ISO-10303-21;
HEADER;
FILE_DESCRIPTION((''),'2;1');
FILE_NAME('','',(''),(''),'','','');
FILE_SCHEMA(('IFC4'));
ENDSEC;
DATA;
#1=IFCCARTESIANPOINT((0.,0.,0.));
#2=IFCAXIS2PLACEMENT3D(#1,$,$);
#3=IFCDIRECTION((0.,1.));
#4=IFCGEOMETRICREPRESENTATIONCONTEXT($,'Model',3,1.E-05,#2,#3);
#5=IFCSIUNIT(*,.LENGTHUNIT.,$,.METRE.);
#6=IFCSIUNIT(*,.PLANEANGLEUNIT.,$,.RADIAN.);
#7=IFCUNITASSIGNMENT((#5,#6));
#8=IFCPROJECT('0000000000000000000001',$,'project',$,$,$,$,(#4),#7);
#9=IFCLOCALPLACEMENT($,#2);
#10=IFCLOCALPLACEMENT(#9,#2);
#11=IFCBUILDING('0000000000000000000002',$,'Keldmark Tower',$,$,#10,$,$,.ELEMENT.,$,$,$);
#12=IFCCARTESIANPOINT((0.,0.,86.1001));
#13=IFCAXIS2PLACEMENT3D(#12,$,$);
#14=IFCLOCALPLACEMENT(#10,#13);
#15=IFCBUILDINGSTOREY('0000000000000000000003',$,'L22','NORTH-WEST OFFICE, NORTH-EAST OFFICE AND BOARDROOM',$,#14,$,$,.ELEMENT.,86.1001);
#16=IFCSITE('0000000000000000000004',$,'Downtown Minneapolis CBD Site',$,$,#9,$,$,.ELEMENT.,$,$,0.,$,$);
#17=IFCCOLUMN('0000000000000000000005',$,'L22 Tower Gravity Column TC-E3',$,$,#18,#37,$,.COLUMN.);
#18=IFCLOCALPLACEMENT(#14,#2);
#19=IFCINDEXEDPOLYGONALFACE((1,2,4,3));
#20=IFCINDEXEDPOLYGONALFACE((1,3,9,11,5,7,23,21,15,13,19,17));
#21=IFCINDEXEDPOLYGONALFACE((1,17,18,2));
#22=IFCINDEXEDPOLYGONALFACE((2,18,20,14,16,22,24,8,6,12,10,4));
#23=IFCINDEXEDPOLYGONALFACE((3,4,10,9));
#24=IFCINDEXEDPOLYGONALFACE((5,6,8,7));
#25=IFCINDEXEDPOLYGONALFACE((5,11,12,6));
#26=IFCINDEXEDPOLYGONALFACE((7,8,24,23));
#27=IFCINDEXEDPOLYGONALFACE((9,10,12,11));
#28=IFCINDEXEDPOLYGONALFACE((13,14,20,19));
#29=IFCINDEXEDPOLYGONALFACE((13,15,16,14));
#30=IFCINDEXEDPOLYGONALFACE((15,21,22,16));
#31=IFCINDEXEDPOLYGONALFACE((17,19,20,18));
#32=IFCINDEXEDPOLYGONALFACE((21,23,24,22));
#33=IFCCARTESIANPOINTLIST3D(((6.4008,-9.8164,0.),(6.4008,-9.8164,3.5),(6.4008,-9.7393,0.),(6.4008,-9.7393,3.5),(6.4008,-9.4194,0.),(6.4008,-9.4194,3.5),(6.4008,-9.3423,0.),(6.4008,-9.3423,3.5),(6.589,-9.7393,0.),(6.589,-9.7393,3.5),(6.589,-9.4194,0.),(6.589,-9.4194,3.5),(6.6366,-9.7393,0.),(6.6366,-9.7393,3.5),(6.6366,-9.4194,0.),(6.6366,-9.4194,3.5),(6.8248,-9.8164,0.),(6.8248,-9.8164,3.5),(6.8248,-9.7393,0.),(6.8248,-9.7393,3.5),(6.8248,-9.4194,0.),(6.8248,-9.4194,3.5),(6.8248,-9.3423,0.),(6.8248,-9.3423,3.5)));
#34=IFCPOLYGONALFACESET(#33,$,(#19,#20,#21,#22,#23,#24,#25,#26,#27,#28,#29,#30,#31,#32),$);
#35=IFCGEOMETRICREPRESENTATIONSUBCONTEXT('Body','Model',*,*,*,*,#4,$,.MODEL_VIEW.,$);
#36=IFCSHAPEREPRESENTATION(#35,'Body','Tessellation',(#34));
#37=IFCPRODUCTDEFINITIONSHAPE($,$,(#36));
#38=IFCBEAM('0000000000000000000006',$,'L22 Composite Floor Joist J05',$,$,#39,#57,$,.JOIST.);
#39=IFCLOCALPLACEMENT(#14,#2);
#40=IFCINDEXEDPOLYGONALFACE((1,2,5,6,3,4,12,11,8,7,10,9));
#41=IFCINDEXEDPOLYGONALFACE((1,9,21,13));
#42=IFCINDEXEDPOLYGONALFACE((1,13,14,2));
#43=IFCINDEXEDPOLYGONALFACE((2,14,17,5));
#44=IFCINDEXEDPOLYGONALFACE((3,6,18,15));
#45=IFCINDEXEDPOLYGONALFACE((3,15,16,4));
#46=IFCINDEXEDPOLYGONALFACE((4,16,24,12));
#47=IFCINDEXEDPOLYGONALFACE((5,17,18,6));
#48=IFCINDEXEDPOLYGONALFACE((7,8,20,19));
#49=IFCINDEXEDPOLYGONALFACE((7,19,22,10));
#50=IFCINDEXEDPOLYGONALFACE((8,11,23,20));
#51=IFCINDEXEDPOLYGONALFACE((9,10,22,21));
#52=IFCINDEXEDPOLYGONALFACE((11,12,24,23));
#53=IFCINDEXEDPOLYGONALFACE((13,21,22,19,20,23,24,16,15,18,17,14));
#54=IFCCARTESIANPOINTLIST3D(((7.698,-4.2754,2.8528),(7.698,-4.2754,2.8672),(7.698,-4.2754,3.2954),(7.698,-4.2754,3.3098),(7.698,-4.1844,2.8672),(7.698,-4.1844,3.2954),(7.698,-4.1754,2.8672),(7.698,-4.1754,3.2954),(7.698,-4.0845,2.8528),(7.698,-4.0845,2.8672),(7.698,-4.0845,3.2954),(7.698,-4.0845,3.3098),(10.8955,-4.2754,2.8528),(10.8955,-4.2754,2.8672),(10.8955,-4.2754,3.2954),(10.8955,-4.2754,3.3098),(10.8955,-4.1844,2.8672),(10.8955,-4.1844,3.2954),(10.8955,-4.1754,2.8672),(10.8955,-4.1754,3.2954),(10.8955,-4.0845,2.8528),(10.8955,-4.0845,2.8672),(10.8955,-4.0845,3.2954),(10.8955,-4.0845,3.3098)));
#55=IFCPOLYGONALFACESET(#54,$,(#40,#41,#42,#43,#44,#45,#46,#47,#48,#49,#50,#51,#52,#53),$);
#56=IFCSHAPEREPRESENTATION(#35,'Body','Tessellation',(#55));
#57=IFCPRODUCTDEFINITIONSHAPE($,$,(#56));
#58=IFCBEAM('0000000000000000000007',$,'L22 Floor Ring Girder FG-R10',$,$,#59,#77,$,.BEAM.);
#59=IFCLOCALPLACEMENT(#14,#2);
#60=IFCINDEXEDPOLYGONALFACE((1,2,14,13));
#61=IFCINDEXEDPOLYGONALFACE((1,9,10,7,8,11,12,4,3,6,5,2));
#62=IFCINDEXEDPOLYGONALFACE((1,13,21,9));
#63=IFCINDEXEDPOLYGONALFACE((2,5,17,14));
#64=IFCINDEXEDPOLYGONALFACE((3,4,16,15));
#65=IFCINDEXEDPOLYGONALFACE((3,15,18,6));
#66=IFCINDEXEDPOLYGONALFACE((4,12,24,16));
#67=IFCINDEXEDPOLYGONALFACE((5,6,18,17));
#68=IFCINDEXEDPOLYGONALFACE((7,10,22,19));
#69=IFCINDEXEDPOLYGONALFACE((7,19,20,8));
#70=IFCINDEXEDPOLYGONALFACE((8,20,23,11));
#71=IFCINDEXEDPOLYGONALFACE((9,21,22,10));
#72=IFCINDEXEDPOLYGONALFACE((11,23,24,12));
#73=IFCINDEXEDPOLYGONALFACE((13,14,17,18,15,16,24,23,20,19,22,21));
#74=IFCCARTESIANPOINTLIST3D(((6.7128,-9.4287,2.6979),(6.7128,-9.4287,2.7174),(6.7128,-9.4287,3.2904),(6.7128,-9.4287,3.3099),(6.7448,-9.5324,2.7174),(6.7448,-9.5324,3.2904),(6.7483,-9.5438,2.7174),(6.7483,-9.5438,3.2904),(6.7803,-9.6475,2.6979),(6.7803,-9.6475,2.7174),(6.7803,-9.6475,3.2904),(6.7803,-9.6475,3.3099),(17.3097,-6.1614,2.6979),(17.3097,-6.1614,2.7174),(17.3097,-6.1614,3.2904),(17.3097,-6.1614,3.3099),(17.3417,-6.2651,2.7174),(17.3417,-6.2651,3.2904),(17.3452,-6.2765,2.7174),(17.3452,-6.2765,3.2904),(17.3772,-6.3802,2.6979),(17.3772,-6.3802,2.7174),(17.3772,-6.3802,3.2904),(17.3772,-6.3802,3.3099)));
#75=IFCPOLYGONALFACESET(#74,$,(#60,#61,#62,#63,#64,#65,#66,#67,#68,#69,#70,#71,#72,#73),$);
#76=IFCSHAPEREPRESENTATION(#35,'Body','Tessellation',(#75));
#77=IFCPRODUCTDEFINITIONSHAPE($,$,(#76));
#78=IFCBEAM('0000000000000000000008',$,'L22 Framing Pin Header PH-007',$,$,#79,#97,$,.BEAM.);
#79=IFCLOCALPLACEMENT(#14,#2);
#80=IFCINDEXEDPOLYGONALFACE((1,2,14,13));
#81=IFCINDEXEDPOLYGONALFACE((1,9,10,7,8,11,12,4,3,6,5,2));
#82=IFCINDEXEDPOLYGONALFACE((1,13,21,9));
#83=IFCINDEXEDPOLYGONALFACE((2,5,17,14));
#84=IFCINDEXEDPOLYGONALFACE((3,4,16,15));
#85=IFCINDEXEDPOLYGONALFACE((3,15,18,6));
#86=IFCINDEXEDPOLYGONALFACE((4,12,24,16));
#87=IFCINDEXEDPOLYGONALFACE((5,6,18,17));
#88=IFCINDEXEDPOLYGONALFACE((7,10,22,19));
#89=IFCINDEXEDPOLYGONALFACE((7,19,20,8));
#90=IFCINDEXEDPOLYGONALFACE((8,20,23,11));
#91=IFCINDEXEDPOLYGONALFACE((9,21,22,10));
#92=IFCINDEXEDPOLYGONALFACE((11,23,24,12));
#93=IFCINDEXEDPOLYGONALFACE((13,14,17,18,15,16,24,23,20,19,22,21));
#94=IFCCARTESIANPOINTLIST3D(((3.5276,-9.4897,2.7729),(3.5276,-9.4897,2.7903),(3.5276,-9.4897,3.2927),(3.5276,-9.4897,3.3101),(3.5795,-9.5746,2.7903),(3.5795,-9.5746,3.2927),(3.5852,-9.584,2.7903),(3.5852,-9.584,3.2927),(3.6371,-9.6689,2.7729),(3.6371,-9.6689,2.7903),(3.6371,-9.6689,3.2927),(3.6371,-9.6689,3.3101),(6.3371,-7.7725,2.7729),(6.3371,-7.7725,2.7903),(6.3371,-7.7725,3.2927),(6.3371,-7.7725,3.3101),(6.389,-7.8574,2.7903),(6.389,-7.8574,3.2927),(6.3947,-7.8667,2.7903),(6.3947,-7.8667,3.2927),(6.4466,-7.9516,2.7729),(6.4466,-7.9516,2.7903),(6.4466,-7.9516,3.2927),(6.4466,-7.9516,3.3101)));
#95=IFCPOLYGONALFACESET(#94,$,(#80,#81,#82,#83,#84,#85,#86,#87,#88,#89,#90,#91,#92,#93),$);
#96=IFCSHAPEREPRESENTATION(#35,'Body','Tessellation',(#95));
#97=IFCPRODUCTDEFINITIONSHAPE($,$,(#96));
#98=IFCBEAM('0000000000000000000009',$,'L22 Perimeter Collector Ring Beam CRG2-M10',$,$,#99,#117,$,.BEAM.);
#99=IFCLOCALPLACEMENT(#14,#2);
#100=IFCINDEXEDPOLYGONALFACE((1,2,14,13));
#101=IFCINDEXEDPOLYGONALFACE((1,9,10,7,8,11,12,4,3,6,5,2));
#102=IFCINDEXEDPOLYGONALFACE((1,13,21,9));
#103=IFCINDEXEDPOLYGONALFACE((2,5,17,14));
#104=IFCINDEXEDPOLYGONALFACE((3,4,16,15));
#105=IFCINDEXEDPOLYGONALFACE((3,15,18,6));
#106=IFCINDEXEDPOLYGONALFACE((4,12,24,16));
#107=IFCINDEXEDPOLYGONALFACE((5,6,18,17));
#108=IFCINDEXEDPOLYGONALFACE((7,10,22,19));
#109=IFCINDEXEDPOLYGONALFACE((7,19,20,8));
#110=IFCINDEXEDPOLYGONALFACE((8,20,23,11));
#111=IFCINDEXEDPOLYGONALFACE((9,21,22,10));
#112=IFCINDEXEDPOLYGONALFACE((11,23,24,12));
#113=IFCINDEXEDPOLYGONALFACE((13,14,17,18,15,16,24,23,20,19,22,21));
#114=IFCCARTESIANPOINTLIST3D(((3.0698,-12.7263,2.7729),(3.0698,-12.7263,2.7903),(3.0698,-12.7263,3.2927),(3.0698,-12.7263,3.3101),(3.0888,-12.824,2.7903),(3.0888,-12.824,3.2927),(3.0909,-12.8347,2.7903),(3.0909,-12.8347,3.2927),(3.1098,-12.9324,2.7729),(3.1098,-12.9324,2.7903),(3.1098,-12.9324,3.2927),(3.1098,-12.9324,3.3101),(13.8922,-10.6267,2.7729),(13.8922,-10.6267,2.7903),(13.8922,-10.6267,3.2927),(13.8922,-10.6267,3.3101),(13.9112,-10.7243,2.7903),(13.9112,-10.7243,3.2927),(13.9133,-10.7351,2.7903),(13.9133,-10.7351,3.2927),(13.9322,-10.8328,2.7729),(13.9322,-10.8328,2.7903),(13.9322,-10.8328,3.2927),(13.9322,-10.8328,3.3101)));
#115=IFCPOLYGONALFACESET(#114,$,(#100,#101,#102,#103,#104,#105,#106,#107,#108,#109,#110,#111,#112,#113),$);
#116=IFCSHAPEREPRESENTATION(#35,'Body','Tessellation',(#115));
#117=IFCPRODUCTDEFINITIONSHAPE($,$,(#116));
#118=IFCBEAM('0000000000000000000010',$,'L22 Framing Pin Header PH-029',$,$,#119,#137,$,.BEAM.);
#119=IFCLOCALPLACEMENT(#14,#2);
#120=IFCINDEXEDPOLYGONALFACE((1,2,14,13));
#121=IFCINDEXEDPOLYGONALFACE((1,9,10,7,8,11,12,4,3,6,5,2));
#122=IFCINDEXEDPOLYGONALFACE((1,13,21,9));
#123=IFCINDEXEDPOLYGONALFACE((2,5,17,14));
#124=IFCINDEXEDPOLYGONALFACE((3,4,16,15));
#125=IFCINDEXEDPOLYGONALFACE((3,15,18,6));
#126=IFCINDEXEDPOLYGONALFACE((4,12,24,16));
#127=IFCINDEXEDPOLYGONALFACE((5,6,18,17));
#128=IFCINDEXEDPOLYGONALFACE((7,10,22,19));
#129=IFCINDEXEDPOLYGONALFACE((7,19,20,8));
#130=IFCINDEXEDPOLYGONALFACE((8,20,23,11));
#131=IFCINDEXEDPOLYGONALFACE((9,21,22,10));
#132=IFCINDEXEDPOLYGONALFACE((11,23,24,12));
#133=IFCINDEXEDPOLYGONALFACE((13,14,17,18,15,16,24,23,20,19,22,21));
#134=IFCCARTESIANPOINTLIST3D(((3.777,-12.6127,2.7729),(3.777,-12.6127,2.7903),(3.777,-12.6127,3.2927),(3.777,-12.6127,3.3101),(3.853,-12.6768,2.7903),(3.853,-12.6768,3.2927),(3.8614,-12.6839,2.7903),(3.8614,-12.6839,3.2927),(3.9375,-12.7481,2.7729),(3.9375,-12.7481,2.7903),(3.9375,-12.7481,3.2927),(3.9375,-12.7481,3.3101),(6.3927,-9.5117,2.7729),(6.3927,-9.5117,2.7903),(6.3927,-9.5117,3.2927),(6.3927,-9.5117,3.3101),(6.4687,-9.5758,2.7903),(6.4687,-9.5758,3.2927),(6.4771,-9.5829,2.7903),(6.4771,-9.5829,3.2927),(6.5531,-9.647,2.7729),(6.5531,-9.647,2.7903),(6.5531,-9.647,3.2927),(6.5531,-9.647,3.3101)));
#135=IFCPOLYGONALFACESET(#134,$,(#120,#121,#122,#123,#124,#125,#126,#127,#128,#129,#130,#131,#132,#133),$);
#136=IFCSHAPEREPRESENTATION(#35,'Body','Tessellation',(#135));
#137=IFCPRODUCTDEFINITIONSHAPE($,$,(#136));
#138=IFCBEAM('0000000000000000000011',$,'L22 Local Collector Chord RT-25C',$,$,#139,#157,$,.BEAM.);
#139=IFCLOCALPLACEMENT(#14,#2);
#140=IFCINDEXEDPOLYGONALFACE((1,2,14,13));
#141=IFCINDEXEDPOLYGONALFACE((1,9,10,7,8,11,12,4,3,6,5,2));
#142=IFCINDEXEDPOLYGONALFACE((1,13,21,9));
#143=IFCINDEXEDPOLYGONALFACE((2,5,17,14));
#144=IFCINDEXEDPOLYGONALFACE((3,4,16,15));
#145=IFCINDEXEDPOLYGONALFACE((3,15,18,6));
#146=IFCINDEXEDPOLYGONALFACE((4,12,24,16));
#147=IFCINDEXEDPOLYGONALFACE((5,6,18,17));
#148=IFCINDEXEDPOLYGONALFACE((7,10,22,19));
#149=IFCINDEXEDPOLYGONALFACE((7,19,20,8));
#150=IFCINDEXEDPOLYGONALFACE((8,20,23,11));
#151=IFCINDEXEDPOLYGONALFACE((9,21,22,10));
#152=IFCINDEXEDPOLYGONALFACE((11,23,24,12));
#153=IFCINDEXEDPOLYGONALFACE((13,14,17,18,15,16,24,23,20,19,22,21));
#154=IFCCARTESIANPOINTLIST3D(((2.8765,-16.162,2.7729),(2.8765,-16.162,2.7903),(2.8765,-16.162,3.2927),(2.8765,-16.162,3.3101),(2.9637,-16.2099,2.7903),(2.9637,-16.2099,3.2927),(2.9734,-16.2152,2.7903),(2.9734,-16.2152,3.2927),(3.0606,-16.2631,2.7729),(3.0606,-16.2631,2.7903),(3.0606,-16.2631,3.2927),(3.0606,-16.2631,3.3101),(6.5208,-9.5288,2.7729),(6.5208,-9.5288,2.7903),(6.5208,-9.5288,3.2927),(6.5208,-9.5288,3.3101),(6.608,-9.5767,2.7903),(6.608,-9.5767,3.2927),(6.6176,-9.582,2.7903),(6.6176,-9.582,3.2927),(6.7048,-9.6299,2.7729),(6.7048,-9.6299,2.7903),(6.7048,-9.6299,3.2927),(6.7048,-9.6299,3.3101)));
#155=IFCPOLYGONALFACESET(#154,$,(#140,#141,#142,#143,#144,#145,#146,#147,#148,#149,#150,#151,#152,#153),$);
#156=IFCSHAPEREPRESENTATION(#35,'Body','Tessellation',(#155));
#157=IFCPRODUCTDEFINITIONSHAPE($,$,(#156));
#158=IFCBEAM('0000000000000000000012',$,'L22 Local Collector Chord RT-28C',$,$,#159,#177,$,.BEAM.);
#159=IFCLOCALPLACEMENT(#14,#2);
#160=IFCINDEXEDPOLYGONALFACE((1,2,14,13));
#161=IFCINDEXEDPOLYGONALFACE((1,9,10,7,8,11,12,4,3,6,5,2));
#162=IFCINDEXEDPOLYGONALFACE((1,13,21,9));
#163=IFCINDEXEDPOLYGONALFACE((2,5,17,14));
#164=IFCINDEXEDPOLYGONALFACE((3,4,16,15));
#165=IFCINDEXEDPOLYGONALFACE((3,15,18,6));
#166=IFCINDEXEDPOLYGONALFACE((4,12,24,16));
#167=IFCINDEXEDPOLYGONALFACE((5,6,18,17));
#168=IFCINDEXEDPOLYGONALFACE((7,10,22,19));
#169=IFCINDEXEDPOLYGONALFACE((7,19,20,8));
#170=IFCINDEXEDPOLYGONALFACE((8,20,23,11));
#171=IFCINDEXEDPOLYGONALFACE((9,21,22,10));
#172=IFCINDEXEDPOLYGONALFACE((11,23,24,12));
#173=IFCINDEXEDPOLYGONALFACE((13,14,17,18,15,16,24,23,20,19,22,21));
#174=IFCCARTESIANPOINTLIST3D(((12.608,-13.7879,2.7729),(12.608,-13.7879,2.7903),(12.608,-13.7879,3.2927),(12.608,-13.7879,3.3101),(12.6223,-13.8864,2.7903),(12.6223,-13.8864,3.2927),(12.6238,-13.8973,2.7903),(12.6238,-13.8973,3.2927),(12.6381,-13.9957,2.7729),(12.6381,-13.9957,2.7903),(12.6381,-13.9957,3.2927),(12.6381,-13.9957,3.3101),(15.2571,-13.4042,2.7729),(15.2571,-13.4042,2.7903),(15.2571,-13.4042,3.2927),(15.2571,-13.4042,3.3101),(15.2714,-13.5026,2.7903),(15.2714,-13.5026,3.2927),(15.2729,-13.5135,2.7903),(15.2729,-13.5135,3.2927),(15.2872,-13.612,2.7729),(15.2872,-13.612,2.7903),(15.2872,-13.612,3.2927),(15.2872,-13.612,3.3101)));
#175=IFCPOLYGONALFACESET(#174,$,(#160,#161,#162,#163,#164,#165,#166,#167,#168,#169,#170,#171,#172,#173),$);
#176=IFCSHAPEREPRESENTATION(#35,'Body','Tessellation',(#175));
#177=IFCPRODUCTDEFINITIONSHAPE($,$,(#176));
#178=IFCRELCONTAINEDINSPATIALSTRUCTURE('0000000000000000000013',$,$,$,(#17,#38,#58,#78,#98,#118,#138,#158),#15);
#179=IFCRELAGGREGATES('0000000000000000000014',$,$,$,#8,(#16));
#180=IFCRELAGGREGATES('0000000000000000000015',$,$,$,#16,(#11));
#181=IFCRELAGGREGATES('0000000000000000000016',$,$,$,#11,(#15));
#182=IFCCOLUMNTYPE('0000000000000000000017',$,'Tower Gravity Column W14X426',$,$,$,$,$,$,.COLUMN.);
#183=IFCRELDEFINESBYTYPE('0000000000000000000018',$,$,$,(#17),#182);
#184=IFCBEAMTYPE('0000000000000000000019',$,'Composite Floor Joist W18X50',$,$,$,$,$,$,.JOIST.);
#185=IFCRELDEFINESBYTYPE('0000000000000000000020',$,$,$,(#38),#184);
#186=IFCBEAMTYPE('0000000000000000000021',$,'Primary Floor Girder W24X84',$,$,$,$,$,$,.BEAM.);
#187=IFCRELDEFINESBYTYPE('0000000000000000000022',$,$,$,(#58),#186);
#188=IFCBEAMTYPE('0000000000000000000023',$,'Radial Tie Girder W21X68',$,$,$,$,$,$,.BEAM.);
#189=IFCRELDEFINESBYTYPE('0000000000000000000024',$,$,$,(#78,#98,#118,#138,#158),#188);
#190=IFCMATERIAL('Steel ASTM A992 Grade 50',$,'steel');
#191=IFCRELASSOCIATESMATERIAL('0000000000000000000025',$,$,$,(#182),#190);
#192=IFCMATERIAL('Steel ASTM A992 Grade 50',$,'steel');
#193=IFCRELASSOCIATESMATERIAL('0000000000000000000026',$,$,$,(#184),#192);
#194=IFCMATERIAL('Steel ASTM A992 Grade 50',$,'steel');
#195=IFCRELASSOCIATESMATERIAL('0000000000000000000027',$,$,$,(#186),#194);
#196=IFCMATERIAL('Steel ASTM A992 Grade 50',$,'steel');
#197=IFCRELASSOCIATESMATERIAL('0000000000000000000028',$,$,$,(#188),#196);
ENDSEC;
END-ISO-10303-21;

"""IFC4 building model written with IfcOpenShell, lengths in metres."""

from ifc_helpers import new_model, si_unit, direction, frame, origin, origin_2d, place, context, subcontext, project, spatial, i_section, extrude, material, material_profile, profile_set, type_object, element, save


model = new_model("IFC4")

# Units and contexts
model_context = context("Model", 3, precision=1e-05, world=origin(), true_north=direction((0.0, 1.0)))
body_context = subcontext(model_context, "Body", "Model", "MODEL_VIEW")
ifc_project = project(units=[si_unit("LENGTHUNIT", "METRE"), si_unit("PLANEANGLEUNIT", "RADIAN")], contexts=[model_context])

# Site, building, storey
site_placement = place(None, origin())
site = spatial("IfcSite", under=ifc_project, at=site_placement, Name="Downtown Minneapolis CBD Site", CompositionType="ELEMENT", RefElevation=0.0)
building_placement = place(site_placement, origin())
building = spatial("IfcBuilding", under=site, at=building_placement, Name="Keldmark Tower", CompositionType="ELEMENT")
storey_placement = place(building_placement, frame((0.0, 0.0, 86.1001)))
storey = spatial("IfcBuildingStorey", under=building, at=storey_placement, Name="L22", Description="NORTH-WEST OFFICE, NORTH-EAST OFFICE AND BOARDROOM", CompositionType="ELEMENT", Elevation=86.1001)

# Column
ifc_material_1 = material(Name="Steel ASTM A992 Grade 50", Category="steel")
ifc_material_profile_1 = material_profile(ifc_material_1, i_section(OverallWidth=0.4241, OverallDepth=0.4741, WebThickness=0.0476, FlangeThickness=0.0771, at=origin_2d()), Name="W14X426")
ifc_profile_set_1 = profile_set([ifc_material_profile_1], Name="Steel ASTM A992 Grade 50")
column_type = type_object("IfcColumnType", Name="Tower Gravity Column W14X426", PredefinedType="COLUMN", material=ifc_profile_set_1)
column_placement = place(storey_placement, frame((6.6128, -9.5793, 0.0), z_axis=(0.0, 0.0, 1.0), x_axis=(1.0, 0.0, 0.0)))
element("IfcColumn", 1, at=column_placement, inside=storey, type_object=column_type, Name="L22 Tower Gravity Column TC-E3", PredefinedType="COLUMN", context=body_context, shape_type="SweptSolid", body=[
    extrude(i_section(OverallWidth=0.4241, OverallDepth=0.4741, WebThickness=0.0476, FlangeThickness=0.0771, at=origin_2d()), origin(), (0.0, 0.0, 1.0), 3.5),
])

# Beams
ifc_material_2 = material(Name="Steel ASTM A992 Grade 50", Category="steel")
ifc_material_profile_2 = material_profile(ifc_material_2, i_section(OverallWidth=0.1909, OverallDepth=0.457, WebThickness=0.009, FlangeThickness=0.0144, at=origin_2d()), Name="W18X50")
ifc_profile_set_2 = profile_set([ifc_material_profile_2], Name="Steel ASTM A992 Grade 50")
beam_type_1 = type_object("IfcBeamType", Name="Composite Floor Joist W18X50", PredefinedType="JOIST", material=ifc_profile_set_2)
beam_1_placement = place(storey_placement, frame((7.698, -4.1799, 3.0813), z_axis=(1.0, 0.0, 0.0), x_axis=(0.0, 1.0, 0.0)))
element("IfcBeam", 2, at=beam_1_placement, inside=storey, type_object=beam_type_1, Name="L22 Composite Floor Joist J05", PredefinedType="JOIST", context=body_context, shape_type="SweptSolid", body=[
    extrude(i_section(OverallWidth=0.1909, OverallDepth=0.457, WebThickness=0.009, FlangeThickness=0.0144, at=origin_2d()), origin(), (0.0, 0.0, 1.0), 3.1975),
])
ifc_material_3 = material(Name="Steel ASTM A992 Grade 50", Category="steel")
ifc_material_profile_3 = material_profile(ifc_material_3, i_section(OverallWidth=0.229, OverallDepth=0.6121, WebThickness=0.012, FlangeThickness=0.0195, at=origin_2d()), Name="W24X84")
ifc_profile_set_3 = profile_set([ifc_material_profile_3], Name="Steel ASTM A992 Grade 50")
beam_type_2 = type_object("IfcBeamType", Name="Primary Floor Girder W24X84", PredefinedType="BEAM", material=ifc_profile_set_3)
beam_2_placement = place(storey_placement, frame((6.7466, -9.5381, 3.0039), z_axis=(0.955608, 0.294641, 0.0), x_axis=(-0.294641, 0.955608, 0.0)))
element("IfcBeam", 3, at=beam_2_placement, inside=storey, type_object=beam_type_2, Name="L22 Floor Ring Girder FG-R10", PredefinedType="BEAM", context=body_context, shape_type="SweptSolid", body=[
    extrude(i_section(OverallWidth=0.229, OverallDepth=0.6121, WebThickness=0.012, FlangeThickness=0.0195, at=origin_2d()), origin(), (0.0, 0.0, 1.0), 11.0891),
])
ifc_material_4 = material(Name="Steel ASTM A992 Grade 50", Category="steel")
ifc_material_profile_4 = material_profile(ifc_material_4, i_section(OverallWidth=0.21, OverallDepth=0.5371, WebThickness=0.011, FlangeThickness=0.0173, at=origin_2d()), Name="W21X68")
ifc_profile_set_4 = profile_set([ifc_material_profile_4], Name="Steel ASTM A992 Grade 50")
beam_type_3 = type_object("IfcBeamType", Name="Radial Tie Girder W21X68", PredefinedType="BEAM", material=ifc_profile_set_4)
beam_3_placement = place(storey_placement, frame((6.3918, -7.8621, 3.0415), z_axis=(-0.853238, -0.521522, 0.0), x_axis=(0.521522, -0.853238, 0.0)))
element("IfcBeam", 4, at=beam_3_placement, inside=storey, type_object=beam_type_3, Name="L22 Framing Pin Header PH-007", PredefinedType="BEAM", context=body_context, shape_type="SweptSolid", body=[
    extrude(i_section(OverallWidth=0.21, OverallDepth=0.5371, WebThickness=0.011, FlangeThickness=0.0173, at=origin_2d()), origin(), (0.0, 0.0, 1.0), 3.2927),
])
beam_4_placement = place(storey_placement, frame((3.0898, -12.8293, 3.0415), z_axis=(0.981696, 0.190457, 0.0), x_axis=(-0.190457, 0.981696, 0.0)))
element("IfcBeam", 5, at=beam_4_placement, inside=storey, type_object=beam_type_3, Name="L22 Perimeter Collector Ring Beam CRG2-M10", PredefinedType="BEAM", context=body_context, shape_type="SweptSolid", body=[
    extrude(i_section(OverallWidth=0.21, OverallDepth=0.5371, WebThickness=0.011, FlangeThickness=0.0173, at=origin_2d()), origin(), (0.0, 0.0, 1.0), 11.0242),
])
beam_5_placement = place(storey_placement, frame((6.4729, -9.5793, 3.0415), z_axis=(-0.644754, -0.76439, 0.0), x_axis=(0.76439, -0.644754, 0.0)))
element("IfcBeam", 6, at=beam_5_placement, inside=storey, type_object=beam_type_3, Name="L22 Framing Pin Header PH-029", PredefinedType="BEAM", context=body_context, shape_type="SweptSolid", body=[
    extrude(i_section(OverallWidth=0.21, OverallDepth=0.5371, WebThickness=0.011, FlangeThickness=0.0173, at=origin_2d()), origin(), (0.0, 0.0, 1.0), 4.0569),
])
beam_6_placement = place(storey_placement, frame((6.6128, -9.5793, 3.0415), z_axis=(-0.48151, -0.876441, 0.0), x_axis=(0.876441, -0.48151, 0.0)))
element("IfcBeam", 7, at=beam_6_placement, inside=storey, type_object=beam_type_3, Name="L22 Local Collector Chord RT-25C", PredefinedType="BEAM", context=body_context, shape_type="SweptSolid", body=[
    extrude(i_section(OverallWidth=0.21, OverallDepth=0.5371, WebThickness=0.011, FlangeThickness=0.0173, at=origin_2d()), origin(), (0.0, 0.0, 1.0), 7.5684),
])
beam_7_placement = place(storey_placement, frame((12.623, -13.8918, 3.0415), z_axis=(0.989668, 0.143375, 0.0), x_axis=(-0.143375, 0.989668, 0.0)))
element("IfcBeam", 8, at=beam_7_placement, inside=storey, type_object=beam_type_3, Name="L22 Local Collector Chord RT-28C", PredefinedType="BEAM", context=body_context, shape_type="SweptSolid", body=[
    extrude(i_section(OverallWidth=0.21, OverallDepth=0.5371, WebThickness=0.011, FlangeThickness=0.0173, at=origin_2d()), origin(), (0.0, 0.0, 1.0), 2.6768),
])

save(model, "model.ifc")
